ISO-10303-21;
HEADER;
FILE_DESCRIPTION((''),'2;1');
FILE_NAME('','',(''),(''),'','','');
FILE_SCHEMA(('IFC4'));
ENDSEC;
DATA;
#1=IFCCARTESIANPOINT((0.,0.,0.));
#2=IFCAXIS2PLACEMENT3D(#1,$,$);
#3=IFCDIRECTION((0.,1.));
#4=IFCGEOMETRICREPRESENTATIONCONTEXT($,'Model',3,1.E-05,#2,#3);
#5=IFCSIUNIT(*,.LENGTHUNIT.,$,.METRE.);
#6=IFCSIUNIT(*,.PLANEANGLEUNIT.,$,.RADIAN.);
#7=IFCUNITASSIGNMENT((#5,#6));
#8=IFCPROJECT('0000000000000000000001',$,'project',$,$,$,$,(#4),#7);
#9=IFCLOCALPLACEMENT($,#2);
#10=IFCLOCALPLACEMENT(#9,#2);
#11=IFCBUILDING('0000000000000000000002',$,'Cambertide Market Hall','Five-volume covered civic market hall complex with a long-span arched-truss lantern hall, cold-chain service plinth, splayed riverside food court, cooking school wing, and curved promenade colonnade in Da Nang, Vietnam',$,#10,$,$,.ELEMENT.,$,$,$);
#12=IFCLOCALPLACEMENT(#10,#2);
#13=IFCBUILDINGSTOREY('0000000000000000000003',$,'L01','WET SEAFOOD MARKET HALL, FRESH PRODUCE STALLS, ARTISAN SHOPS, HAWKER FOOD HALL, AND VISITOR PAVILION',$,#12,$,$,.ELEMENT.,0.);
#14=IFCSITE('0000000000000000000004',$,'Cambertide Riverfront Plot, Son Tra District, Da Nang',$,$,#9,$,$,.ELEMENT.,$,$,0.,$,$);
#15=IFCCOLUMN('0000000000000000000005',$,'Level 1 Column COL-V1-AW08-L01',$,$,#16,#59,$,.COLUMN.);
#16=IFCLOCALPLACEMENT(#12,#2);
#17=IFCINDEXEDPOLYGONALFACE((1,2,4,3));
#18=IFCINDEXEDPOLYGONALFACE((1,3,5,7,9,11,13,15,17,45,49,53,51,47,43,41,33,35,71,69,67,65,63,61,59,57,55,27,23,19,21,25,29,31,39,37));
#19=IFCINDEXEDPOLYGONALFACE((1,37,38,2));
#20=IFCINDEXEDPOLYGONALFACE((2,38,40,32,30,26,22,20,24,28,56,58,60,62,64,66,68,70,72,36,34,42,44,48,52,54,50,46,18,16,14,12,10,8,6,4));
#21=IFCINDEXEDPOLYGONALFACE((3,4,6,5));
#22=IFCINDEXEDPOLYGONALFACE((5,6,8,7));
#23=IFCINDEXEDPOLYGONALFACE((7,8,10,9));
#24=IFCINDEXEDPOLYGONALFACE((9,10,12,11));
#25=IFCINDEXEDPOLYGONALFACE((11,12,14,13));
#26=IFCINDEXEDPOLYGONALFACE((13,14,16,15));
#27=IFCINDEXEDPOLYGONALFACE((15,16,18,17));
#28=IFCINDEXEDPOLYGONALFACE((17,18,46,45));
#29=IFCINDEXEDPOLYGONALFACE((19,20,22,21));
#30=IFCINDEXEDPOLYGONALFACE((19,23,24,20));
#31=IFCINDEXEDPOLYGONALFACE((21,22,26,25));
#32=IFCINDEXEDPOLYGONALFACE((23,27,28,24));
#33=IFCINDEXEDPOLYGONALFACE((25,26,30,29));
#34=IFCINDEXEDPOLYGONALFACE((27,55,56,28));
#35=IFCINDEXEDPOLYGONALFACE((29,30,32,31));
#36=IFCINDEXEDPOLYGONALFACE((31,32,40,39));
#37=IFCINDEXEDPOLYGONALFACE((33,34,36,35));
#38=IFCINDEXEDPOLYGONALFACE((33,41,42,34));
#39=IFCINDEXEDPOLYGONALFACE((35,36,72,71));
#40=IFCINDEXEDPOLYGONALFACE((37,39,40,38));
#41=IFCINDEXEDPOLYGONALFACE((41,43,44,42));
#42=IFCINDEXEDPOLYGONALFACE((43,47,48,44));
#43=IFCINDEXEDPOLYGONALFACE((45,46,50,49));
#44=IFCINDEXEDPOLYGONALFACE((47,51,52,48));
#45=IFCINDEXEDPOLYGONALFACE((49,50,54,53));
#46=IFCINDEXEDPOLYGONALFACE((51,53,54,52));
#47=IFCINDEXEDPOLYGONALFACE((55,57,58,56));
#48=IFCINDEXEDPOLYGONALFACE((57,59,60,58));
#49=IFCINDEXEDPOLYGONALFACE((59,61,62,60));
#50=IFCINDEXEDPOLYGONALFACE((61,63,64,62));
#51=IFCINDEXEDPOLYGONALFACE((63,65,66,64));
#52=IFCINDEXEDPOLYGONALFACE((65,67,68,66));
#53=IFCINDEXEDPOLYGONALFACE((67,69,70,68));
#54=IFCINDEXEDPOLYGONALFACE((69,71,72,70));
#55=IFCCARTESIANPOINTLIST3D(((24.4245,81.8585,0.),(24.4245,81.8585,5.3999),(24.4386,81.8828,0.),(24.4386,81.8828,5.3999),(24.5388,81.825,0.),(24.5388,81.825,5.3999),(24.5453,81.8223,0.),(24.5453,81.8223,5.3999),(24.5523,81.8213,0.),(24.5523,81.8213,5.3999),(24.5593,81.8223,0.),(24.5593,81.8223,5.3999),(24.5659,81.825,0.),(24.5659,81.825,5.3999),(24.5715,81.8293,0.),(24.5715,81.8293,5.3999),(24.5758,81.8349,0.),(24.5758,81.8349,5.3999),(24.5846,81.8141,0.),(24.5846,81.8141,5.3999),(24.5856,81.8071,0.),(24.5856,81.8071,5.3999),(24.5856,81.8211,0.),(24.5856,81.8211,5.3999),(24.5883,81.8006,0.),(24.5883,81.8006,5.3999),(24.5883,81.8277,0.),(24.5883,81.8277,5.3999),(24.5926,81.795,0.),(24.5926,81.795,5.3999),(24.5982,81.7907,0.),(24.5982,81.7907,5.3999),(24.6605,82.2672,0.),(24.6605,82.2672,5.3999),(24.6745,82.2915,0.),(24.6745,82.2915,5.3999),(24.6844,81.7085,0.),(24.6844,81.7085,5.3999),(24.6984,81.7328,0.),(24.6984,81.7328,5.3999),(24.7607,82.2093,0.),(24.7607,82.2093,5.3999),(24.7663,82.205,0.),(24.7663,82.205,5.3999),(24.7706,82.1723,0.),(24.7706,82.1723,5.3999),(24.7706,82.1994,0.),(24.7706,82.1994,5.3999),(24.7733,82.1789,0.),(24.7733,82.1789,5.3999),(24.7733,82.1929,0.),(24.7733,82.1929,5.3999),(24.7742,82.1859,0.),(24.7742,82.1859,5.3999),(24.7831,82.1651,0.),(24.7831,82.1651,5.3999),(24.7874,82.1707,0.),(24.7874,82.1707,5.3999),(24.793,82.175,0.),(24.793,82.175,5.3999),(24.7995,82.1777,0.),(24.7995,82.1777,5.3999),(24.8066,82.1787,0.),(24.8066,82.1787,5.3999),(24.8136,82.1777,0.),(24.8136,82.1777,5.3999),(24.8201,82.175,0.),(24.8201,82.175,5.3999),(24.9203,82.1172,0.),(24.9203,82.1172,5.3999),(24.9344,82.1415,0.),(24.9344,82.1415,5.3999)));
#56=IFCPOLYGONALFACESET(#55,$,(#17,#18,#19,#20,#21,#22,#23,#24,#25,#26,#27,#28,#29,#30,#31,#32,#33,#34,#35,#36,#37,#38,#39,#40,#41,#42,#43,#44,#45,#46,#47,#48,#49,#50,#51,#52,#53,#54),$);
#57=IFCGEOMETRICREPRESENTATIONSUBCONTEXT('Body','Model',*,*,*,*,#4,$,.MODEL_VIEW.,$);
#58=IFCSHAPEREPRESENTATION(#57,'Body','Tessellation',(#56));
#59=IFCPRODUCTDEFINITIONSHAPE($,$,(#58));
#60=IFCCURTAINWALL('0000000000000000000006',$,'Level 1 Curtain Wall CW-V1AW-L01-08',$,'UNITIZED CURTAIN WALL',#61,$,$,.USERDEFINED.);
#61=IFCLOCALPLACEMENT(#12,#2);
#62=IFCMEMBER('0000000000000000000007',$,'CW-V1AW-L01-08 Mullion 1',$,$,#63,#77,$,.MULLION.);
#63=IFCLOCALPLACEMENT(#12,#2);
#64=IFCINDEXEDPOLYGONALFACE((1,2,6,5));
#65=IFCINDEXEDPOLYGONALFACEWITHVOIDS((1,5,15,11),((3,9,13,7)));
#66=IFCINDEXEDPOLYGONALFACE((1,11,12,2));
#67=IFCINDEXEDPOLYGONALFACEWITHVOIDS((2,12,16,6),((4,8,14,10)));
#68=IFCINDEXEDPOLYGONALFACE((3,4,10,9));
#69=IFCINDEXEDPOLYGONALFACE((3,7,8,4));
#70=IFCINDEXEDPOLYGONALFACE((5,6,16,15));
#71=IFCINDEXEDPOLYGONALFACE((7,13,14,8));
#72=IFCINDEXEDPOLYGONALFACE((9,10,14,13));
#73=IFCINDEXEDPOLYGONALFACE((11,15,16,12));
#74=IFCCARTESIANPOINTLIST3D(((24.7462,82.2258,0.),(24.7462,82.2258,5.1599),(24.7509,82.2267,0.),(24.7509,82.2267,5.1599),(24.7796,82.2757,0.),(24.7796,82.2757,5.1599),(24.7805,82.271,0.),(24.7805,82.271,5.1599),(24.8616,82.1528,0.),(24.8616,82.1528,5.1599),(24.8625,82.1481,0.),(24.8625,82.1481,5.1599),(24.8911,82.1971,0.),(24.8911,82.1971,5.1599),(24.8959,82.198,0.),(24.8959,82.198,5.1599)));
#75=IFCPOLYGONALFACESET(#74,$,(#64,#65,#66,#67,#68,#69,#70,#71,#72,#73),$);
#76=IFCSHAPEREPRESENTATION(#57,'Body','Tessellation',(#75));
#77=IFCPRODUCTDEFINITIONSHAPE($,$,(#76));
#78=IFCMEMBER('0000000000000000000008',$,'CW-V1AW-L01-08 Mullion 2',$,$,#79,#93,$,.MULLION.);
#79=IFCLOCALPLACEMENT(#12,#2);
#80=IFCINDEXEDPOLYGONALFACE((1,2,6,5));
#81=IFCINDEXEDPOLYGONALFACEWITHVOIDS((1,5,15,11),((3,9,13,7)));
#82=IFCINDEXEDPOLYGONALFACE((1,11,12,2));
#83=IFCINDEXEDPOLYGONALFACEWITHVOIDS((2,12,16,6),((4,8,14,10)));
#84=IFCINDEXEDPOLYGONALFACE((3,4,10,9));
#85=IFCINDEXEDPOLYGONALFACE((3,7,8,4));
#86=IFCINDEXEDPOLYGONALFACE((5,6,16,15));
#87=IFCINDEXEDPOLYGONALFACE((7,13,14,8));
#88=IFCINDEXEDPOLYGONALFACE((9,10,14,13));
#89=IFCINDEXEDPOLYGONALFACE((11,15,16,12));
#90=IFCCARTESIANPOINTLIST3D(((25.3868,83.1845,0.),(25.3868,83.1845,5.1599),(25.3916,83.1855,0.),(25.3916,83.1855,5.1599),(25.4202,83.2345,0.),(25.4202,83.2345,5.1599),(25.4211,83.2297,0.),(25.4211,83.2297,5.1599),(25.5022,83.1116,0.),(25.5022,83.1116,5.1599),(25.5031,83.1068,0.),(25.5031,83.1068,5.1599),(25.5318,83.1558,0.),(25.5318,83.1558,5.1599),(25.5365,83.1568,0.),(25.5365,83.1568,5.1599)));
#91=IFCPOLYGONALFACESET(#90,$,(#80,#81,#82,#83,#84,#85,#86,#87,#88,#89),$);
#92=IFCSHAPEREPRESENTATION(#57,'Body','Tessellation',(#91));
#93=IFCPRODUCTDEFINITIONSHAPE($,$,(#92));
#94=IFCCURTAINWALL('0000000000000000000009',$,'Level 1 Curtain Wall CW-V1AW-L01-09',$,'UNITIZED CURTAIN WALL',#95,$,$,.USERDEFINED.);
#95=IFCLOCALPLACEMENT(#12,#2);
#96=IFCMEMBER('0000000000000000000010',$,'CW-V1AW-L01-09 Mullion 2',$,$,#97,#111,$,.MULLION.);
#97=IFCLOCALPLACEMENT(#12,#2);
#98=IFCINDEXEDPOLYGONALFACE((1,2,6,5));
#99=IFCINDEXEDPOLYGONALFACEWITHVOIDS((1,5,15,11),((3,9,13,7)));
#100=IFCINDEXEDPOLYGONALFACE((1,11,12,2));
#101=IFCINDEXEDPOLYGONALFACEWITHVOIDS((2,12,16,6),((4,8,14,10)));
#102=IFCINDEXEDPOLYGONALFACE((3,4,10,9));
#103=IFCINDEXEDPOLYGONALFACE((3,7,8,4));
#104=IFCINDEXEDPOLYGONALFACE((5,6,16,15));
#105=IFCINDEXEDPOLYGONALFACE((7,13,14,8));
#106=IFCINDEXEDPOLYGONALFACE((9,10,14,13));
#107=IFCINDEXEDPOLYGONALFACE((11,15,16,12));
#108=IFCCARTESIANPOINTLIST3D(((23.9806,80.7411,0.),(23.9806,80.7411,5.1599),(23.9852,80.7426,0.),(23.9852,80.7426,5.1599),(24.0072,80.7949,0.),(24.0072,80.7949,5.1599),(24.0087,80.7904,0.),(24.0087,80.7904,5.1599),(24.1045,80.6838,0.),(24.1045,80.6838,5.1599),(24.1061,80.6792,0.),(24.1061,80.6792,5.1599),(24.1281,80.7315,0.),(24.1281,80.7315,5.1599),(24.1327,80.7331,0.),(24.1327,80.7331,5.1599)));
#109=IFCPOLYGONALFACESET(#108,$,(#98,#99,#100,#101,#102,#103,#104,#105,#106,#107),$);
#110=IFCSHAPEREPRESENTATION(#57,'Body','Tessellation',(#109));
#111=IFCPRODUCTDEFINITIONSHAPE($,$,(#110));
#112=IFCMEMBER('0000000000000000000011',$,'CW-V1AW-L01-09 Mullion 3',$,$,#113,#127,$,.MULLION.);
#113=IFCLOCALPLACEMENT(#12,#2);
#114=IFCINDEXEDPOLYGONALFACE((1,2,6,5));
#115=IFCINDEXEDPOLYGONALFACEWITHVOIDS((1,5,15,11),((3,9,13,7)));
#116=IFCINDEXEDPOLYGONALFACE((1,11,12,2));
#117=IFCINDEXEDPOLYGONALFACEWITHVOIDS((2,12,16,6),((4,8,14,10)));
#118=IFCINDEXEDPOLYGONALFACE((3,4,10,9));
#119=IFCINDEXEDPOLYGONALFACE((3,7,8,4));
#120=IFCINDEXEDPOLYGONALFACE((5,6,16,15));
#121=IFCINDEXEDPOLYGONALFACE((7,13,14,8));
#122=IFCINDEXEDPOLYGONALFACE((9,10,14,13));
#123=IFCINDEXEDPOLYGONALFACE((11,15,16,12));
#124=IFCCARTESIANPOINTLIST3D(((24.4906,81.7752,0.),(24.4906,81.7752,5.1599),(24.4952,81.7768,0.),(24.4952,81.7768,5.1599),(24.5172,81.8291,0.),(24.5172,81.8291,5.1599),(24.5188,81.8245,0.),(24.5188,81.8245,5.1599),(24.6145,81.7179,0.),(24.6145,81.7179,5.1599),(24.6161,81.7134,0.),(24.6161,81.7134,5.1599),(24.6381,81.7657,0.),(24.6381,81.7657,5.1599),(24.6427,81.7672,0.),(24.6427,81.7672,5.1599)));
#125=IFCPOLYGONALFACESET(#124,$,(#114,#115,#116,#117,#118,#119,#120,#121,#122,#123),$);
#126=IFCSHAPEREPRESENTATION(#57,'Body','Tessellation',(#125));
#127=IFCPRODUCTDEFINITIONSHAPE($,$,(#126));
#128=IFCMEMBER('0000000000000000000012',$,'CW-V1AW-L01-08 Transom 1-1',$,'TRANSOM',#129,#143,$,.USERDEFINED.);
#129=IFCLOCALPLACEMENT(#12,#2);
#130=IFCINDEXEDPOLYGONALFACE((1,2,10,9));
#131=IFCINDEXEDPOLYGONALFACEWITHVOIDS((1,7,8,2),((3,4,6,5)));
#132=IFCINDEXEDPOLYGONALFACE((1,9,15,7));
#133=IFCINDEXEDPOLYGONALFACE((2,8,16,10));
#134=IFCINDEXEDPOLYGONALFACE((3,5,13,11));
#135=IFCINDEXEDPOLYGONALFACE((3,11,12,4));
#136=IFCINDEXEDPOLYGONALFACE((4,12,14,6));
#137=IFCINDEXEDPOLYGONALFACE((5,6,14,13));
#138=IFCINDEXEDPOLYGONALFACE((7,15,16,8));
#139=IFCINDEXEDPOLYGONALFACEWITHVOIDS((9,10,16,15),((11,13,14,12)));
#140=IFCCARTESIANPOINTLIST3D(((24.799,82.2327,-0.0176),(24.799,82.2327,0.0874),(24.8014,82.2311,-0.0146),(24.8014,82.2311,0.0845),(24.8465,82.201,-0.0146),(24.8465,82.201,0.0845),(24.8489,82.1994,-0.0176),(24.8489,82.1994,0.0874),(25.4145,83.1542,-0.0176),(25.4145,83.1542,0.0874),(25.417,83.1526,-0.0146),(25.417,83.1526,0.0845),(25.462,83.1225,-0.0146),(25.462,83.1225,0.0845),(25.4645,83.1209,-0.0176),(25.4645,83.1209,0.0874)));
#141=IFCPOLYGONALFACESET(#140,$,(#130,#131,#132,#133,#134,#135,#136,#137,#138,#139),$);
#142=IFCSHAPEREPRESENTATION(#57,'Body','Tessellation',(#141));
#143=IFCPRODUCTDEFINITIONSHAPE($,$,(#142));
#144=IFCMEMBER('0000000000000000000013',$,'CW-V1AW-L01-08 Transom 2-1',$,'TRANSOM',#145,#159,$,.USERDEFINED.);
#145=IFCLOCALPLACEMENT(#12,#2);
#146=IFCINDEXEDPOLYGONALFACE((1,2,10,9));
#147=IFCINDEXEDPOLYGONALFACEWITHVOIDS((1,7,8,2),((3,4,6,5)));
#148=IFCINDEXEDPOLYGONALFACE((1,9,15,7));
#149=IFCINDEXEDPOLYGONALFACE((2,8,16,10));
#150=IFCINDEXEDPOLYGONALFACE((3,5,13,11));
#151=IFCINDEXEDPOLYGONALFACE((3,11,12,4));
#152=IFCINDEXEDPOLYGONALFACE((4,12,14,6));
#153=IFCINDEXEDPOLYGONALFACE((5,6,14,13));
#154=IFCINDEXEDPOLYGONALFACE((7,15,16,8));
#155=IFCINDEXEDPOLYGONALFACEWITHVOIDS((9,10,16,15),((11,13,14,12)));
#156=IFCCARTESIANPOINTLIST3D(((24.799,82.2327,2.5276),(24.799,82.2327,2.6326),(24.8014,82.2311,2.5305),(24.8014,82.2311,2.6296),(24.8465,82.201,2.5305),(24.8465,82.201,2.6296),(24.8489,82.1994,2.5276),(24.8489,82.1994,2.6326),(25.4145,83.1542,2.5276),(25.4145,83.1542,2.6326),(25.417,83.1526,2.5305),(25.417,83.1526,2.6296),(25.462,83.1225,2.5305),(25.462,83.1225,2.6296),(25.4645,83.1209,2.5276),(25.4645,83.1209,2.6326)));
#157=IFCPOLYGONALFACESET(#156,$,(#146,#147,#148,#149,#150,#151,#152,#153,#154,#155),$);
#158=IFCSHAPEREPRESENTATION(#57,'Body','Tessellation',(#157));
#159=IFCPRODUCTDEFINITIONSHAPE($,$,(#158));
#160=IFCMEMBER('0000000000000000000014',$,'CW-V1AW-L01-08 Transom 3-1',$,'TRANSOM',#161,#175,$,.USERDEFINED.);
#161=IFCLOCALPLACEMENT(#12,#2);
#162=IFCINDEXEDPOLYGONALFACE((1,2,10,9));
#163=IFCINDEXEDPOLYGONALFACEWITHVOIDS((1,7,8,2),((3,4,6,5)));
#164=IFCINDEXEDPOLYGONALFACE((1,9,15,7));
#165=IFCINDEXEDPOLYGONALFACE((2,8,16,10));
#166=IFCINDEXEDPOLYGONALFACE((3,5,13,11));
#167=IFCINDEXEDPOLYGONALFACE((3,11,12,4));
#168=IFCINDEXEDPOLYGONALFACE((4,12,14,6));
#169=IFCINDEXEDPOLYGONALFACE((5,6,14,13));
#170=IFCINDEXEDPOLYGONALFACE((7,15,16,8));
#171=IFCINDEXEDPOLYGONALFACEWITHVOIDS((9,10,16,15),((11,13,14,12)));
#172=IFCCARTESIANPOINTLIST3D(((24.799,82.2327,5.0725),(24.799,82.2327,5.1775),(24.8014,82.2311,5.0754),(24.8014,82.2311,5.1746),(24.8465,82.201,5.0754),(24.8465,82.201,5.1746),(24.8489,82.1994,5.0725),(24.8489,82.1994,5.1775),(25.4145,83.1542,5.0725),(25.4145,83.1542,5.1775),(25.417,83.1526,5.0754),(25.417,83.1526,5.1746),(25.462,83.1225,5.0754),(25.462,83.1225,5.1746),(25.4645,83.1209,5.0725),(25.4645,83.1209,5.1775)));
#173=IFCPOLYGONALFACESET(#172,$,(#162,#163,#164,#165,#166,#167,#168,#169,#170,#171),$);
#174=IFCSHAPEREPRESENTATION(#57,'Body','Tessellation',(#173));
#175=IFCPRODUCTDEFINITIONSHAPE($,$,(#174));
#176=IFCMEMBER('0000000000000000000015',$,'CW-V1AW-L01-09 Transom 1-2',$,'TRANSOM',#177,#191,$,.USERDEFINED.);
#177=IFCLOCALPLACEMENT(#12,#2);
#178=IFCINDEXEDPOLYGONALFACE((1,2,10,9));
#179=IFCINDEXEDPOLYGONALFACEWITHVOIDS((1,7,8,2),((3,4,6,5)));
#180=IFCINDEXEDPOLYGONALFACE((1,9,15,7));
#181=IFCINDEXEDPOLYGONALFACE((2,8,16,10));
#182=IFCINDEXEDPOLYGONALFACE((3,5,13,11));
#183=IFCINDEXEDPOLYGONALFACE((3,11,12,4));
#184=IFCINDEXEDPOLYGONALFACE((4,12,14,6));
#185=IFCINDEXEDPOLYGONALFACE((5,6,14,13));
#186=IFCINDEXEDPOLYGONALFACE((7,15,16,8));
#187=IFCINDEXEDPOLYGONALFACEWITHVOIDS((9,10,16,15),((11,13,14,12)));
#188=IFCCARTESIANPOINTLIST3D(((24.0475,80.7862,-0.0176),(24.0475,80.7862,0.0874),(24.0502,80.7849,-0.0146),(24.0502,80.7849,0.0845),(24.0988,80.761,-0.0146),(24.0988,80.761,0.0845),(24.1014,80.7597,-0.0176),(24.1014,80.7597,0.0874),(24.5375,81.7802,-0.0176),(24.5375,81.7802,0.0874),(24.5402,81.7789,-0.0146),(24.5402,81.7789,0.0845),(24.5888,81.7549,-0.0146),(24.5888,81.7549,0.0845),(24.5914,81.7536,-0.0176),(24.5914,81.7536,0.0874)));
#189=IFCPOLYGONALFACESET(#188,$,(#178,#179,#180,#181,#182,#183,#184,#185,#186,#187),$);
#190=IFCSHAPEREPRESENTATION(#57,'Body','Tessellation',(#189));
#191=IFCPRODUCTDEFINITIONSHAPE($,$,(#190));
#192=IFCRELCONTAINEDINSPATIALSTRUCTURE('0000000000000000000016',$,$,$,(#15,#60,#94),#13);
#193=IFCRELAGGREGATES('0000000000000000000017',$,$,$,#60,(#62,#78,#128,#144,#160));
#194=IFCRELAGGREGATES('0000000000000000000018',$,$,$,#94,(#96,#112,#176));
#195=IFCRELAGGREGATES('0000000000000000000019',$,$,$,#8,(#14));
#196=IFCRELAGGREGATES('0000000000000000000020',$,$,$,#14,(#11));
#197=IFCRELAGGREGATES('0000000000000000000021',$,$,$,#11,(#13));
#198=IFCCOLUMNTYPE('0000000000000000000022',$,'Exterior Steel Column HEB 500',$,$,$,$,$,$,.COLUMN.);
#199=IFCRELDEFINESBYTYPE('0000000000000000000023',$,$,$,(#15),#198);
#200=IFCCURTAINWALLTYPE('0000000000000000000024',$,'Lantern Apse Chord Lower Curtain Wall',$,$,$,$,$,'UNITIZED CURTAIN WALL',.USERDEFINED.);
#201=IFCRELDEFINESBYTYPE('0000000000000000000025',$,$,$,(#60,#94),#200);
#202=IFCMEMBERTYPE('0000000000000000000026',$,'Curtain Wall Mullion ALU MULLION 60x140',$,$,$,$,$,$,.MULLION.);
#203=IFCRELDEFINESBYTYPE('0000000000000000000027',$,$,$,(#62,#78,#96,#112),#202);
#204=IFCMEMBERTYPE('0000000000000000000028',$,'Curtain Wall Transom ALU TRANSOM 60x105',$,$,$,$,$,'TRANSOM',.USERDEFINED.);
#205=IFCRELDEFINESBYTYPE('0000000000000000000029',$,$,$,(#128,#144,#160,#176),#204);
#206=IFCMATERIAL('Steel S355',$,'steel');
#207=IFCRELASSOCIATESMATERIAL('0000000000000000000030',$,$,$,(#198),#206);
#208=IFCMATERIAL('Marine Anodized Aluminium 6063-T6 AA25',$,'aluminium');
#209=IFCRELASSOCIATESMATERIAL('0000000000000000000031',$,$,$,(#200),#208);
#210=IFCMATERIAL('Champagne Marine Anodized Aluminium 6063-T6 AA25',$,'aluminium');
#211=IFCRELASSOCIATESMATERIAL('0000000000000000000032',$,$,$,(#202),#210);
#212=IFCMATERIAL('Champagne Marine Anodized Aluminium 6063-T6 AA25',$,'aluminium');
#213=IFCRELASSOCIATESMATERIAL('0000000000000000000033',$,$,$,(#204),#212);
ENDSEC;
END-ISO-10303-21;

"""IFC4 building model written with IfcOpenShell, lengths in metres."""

from ifc_helpers import new_model, si_unit, direction, frame, origin, origin_2d, place, context, subcontext, project, spatial, hollow_rectangle, i_section, extrude, material, material_profile, profile_set, type_object, element, aggregate, save


model = new_model("IFC4")

# Units and contexts
model_context = context("Model", 3, precision=1e-05, world=origin(), true_north=direction((0.0, 1.0)))
body_context = subcontext(model_context, "Body", "Model", "MODEL_VIEW")
ifc_project = project(units=[si_unit("LENGTHUNIT", "METRE"), si_unit("PLANEANGLEUNIT", "RADIAN")], contexts=[model_context])

# Site, building, storey
site_placement = place(None, origin())
site = spatial("IfcSite", under=ifc_project, at=site_placement, Name="Cambertide Riverfront Plot, Son Tra District, Da Nang", CompositionType="ELEMENT", RefElevation=0.0)
building_placement = place(site_placement, origin())
building = spatial("IfcBuilding", under=site, at=building_placement, Name="Cambertide Market Hall", Description="Five-volume covered civic market hall complex with a long-span arched-truss lantern hall, cold-chain service plinth, splayed riverside food court, cooking school wing, and curved promenade colonnade in Da Nang, Vietnam", CompositionType="ELEMENT")
storey_placement = place(building_placement, origin())
storey = spatial("IfcBuildingStorey", under=building, at=storey_placement, Name="L01", Description="WET SEAFOOD MARKET HALL, FRESH PRODUCE STALLS, ARTISAN SHOPS, HAWKER FOOD HALL, AND VISITOR PAVILION", CompositionType="ELEMENT", Elevation=0.0)

# Column
ifc_material_1 = material(Name="Steel S355", Category="steel")
ifc_material_profile_1 = material_profile(ifc_material_1, i_section(OverallWidth=0.3, OverallDepth=0.5, WebThickness=0.0144, FlangeThickness=0.0281, FilletRadius=0.0271, at=origin_2d()), Name="HEB 500")
ifc_profile_set_1 = profile_set([ifc_material_profile_1], Name="Steel S355")
column_type = type_object("IfcColumnType", Name="Exterior Steel Column HEB 500", PredefinedType="COLUMN", material=ifc_profile_set_1)
column_placement = place(storey_placement, frame((24.6794, 82.0, 0.0), z_axis=(0.0, 0.0, 1.0), x_axis=(-0.866025, 0.5, 0.0)))
element("IfcColumn", 1, at=column_placement, inside=storey, type_object=column_type, Name="Level 1 Column COL-V1-AW08-L01", PredefinedType="COLUMN", context=body_context, shape_type="SweptSolid", body=[
    extrude(i_section(OverallWidth=0.3, OverallDepth=0.5, WebThickness=0.0144, FlangeThickness=0.0281, FilletRadius=0.0271, at=origin_2d()), origin(), (0.0, 0.0, 1.0), 5.3999),
])

# Curtain walls, members
ifc_material_2 = material(Name="Marine Anodized Aluminium 6063-T6 AA25", Category="aluminium")
curtain_wall_type = type_object("IfcCurtainWallType", Name="Lantern Apse Chord Lower Curtain Wall", ElementType="UNITIZED CURTAIN WALL", PredefinedType="USERDEFINED", material=ifc_material_2)
curtain_wall_1_placement = place(storey_placement, origin())
curtain_wall_1 = element("IfcCurtainWall", 2, at=curtain_wall_1_placement, inside=storey, type_object=curtain_wall_type, Name="Level 1 Curtain Wall CW-V1AW-L01-08", ObjectType="UNITIZED CURTAIN WALL", PredefinedType="USERDEFINED")
ifc_material_3 = material(Name="Champagne Marine Anodized Aluminium 6063-T6 AA25", Category="aluminium")
ifc_material_profile_2 = material_profile(ifc_material_3, hollow_rectangle(XDim=0.0601, YDim=0.1399, WallThickness=0.0034, at=origin_2d()), Name="ALU MULLION 60x140")
ifc_profile_set_2 = profile_set([ifc_material_profile_2], Name="Champagne Marine Anodized Aluminium 6063-T6 AA25")
member_type_1 = type_object("IfcMemberType", Name="Curtain Wall Mullion ALU MULLION 60x140", PredefinedType="MULLION", material=ifc_profile_set_2)
member_1_placement = place(storey_placement, frame((24.821, 82.2119, 0.0), z_axis=(0.0, 0.0, 1.0), x_axis=(0.55557, 0.83147, 0.0)))
member_1 = element("IfcMember", 3, at=member_1_placement, type_object=member_type_1, Name="CW-V1AW-L01-08 Mullion 1", PredefinedType="MULLION", context=body_context, shape_type="SweptSolid", body=[
    extrude(hollow_rectangle(XDim=0.0601, YDim=0.1399, WallThickness=0.0034, at=origin_2d()), origin(), (0.0, 0.0, 1.0), 5.1599),
])
member_2_placement = place(storey_placement, frame((25.4617, 83.1707, 0.0), z_axis=(0.0, 0.0, 1.0), x_axis=(0.55557, 0.83147, 0.0)))
member_2 = element("IfcMember", 4, at=member_2_placement, type_object=member_type_1, Name="CW-V1AW-L01-08 Mullion 2", PredefinedType="MULLION", context=body_context, shape_type="SweptSolid", body=[
    extrude(hollow_rectangle(XDim=0.0601, YDim=0.1399, WallThickness=0.0034, at=origin_2d()), origin(), (0.0, 0.0, 1.0), 5.1599),
])
curtain_wall_2_placement = place(storey_placement, origin())
curtain_wall_2 = element("IfcCurtainWall", 5, at=curtain_wall_2_placement, inside=storey, type_object=curtain_wall_type, Name="Level 1 Curtain Wall CW-V1AW-L01-09", ObjectType="UNITIZED CURTAIN WALL", PredefinedType="USERDEFINED")
member_3_placement = place(storey_placement, frame((24.0566, 80.7371, 0.0), z_axis=(0.0, 0.0, 1.0), x_axis=(0.442289, 0.896873, 0.0)))
member_3 = element("IfcMember", 6, at=member_3_placement, type_object=member_type_1, Name="CW-V1AW-L01-09 Mullion 2", PredefinedType="MULLION", context=body_context, shape_type="SweptSolid", body=[
    extrude(hollow_rectangle(XDim=0.0601, YDim=0.1399, WallThickness=0.0034, at=origin_2d()), origin(), (0.0, 0.0, 1.0), 5.1599),
])
member_4_placement = place(storey_placement, frame((24.5667, 81.7712, 0.0), z_axis=(0.0, 0.0, 1.0), x_axis=(0.442289, 0.896873, 0.0)))
member_4 = element("IfcMember", 7, at=member_4_placement, type_object=member_type_1, Name="CW-V1AW-L01-09 Mullion 3", PredefinedType="MULLION", context=body_context, shape_type="SweptSolid", body=[
    extrude(hollow_rectangle(XDim=0.0601, YDim=0.1399, WallThickness=0.0034, at=origin_2d()), origin(), (0.0, 0.0, 1.0), 5.1599),
])

# Members
ifc_material_4 = material(Name="Champagne Marine Anodized Aluminium 6063-T6 AA25", Category="aluminium")
ifc_material_profile_3 = material_profile(ifc_material_4, hollow_rectangle(XDim=0.0601, YDim=0.105, WallThickness=0.0029, at=origin_2d()), Name="ALU TRANSOM 60x105")
ifc_profile_set_3 = profile_set([ifc_material_profile_3], Name="Champagne Marine Anodized Aluminium 6063-T6 AA25")
member_type_2 = type_object("IfcMemberType", Name="Curtain Wall Transom ALU TRANSOM 60x105", ElementType="TRANSOM", PredefinedType="USERDEFINED", material=ifc_profile_set_3)
member_5_placement = place(storey_placement, frame((24.824, 82.2161, 0.0349), z_axis=(0.555463, 0.831541, 0.0), x_axis=(-0.831541, 0.555463, 0.0)))
member_5 = element("IfcMember", 8, at=member_5_placement, type_object=member_type_2, Name="CW-V1AW-L01-08 Transom 1-1", ObjectType="TRANSOM", PredefinedType="USERDEFINED", context=body_context, shape_type="SweptSolid", body=[
    extrude(hollow_rectangle(XDim=0.0601, YDim=0.105, WallThickness=0.0029, at=origin_2d()), origin(), (0.0, 0.0, 1.0), 1.1082),
])
member_6_placement = place(storey_placement, frame((24.824, 82.2161, 2.5801), z_axis=(0.555463, 0.831541, 0.0), x_axis=(-0.831541, 0.555463, 0.0)))
member_6 = element("IfcMember", 9, at=member_6_placement, type_object=member_type_2, Name="CW-V1AW-L01-08 Transom 2-1", ObjectType="TRANSOM", PredefinedType="USERDEFINED", context=body_context, shape_type="SweptSolid", body=[
    extrude(hollow_rectangle(XDim=0.0601, YDim=0.105, WallThickness=0.0029, at=origin_2d()), origin(), (0.0, 0.0, 1.0), 1.1082),
])
member_7_placement = place(storey_placement, frame((24.824, 82.2161, 5.125), z_axis=(0.555463, 0.831541, 0.0), x_axis=(-0.831541, 0.555463, 0.0)))
member_7 = element("IfcMember", 10, at=member_7_placement, type_object=member_type_2, Name="CW-V1AW-L01-08 Transom 3-1", ObjectType="TRANSOM", PredefinedType="USERDEFINED", context=body_context, shape_type="SweptSolid", body=[
    extrude(hollow_rectangle(XDim=0.0601, YDim=0.105, WallThickness=0.0029, at=origin_2d()), origin(), (0.0, 0.0, 1.0), 1.1082),
])
member_8_placement = place(storey_placement, frame((24.0745, 80.7729, 0.0349), z_axis=(0.442183, 0.896925, 0.0), x_axis=(-0.896925, 0.442183, 0.0)))
member_8 = element("IfcMember", 11, at=member_8_placement, type_object=member_type_2, Name="CW-V1AW-L01-09 Transom 1-2", ObjectType="TRANSOM", PredefinedType="USERDEFINED", context=body_context, shape_type="SweptSolid", body=[
    extrude(hollow_rectangle(XDim=0.0601, YDim=0.105, WallThickness=0.0029, at=origin_2d()), origin(), (0.0, 0.0, 1.0), 1.1082),
])

aggregate(curtain_wall_1, [member_1, member_2, member_5, member_6, member_7])
aggregate(curtain_wall_2, [member_3, member_4, member_8])

save(model, "model.ifc")
